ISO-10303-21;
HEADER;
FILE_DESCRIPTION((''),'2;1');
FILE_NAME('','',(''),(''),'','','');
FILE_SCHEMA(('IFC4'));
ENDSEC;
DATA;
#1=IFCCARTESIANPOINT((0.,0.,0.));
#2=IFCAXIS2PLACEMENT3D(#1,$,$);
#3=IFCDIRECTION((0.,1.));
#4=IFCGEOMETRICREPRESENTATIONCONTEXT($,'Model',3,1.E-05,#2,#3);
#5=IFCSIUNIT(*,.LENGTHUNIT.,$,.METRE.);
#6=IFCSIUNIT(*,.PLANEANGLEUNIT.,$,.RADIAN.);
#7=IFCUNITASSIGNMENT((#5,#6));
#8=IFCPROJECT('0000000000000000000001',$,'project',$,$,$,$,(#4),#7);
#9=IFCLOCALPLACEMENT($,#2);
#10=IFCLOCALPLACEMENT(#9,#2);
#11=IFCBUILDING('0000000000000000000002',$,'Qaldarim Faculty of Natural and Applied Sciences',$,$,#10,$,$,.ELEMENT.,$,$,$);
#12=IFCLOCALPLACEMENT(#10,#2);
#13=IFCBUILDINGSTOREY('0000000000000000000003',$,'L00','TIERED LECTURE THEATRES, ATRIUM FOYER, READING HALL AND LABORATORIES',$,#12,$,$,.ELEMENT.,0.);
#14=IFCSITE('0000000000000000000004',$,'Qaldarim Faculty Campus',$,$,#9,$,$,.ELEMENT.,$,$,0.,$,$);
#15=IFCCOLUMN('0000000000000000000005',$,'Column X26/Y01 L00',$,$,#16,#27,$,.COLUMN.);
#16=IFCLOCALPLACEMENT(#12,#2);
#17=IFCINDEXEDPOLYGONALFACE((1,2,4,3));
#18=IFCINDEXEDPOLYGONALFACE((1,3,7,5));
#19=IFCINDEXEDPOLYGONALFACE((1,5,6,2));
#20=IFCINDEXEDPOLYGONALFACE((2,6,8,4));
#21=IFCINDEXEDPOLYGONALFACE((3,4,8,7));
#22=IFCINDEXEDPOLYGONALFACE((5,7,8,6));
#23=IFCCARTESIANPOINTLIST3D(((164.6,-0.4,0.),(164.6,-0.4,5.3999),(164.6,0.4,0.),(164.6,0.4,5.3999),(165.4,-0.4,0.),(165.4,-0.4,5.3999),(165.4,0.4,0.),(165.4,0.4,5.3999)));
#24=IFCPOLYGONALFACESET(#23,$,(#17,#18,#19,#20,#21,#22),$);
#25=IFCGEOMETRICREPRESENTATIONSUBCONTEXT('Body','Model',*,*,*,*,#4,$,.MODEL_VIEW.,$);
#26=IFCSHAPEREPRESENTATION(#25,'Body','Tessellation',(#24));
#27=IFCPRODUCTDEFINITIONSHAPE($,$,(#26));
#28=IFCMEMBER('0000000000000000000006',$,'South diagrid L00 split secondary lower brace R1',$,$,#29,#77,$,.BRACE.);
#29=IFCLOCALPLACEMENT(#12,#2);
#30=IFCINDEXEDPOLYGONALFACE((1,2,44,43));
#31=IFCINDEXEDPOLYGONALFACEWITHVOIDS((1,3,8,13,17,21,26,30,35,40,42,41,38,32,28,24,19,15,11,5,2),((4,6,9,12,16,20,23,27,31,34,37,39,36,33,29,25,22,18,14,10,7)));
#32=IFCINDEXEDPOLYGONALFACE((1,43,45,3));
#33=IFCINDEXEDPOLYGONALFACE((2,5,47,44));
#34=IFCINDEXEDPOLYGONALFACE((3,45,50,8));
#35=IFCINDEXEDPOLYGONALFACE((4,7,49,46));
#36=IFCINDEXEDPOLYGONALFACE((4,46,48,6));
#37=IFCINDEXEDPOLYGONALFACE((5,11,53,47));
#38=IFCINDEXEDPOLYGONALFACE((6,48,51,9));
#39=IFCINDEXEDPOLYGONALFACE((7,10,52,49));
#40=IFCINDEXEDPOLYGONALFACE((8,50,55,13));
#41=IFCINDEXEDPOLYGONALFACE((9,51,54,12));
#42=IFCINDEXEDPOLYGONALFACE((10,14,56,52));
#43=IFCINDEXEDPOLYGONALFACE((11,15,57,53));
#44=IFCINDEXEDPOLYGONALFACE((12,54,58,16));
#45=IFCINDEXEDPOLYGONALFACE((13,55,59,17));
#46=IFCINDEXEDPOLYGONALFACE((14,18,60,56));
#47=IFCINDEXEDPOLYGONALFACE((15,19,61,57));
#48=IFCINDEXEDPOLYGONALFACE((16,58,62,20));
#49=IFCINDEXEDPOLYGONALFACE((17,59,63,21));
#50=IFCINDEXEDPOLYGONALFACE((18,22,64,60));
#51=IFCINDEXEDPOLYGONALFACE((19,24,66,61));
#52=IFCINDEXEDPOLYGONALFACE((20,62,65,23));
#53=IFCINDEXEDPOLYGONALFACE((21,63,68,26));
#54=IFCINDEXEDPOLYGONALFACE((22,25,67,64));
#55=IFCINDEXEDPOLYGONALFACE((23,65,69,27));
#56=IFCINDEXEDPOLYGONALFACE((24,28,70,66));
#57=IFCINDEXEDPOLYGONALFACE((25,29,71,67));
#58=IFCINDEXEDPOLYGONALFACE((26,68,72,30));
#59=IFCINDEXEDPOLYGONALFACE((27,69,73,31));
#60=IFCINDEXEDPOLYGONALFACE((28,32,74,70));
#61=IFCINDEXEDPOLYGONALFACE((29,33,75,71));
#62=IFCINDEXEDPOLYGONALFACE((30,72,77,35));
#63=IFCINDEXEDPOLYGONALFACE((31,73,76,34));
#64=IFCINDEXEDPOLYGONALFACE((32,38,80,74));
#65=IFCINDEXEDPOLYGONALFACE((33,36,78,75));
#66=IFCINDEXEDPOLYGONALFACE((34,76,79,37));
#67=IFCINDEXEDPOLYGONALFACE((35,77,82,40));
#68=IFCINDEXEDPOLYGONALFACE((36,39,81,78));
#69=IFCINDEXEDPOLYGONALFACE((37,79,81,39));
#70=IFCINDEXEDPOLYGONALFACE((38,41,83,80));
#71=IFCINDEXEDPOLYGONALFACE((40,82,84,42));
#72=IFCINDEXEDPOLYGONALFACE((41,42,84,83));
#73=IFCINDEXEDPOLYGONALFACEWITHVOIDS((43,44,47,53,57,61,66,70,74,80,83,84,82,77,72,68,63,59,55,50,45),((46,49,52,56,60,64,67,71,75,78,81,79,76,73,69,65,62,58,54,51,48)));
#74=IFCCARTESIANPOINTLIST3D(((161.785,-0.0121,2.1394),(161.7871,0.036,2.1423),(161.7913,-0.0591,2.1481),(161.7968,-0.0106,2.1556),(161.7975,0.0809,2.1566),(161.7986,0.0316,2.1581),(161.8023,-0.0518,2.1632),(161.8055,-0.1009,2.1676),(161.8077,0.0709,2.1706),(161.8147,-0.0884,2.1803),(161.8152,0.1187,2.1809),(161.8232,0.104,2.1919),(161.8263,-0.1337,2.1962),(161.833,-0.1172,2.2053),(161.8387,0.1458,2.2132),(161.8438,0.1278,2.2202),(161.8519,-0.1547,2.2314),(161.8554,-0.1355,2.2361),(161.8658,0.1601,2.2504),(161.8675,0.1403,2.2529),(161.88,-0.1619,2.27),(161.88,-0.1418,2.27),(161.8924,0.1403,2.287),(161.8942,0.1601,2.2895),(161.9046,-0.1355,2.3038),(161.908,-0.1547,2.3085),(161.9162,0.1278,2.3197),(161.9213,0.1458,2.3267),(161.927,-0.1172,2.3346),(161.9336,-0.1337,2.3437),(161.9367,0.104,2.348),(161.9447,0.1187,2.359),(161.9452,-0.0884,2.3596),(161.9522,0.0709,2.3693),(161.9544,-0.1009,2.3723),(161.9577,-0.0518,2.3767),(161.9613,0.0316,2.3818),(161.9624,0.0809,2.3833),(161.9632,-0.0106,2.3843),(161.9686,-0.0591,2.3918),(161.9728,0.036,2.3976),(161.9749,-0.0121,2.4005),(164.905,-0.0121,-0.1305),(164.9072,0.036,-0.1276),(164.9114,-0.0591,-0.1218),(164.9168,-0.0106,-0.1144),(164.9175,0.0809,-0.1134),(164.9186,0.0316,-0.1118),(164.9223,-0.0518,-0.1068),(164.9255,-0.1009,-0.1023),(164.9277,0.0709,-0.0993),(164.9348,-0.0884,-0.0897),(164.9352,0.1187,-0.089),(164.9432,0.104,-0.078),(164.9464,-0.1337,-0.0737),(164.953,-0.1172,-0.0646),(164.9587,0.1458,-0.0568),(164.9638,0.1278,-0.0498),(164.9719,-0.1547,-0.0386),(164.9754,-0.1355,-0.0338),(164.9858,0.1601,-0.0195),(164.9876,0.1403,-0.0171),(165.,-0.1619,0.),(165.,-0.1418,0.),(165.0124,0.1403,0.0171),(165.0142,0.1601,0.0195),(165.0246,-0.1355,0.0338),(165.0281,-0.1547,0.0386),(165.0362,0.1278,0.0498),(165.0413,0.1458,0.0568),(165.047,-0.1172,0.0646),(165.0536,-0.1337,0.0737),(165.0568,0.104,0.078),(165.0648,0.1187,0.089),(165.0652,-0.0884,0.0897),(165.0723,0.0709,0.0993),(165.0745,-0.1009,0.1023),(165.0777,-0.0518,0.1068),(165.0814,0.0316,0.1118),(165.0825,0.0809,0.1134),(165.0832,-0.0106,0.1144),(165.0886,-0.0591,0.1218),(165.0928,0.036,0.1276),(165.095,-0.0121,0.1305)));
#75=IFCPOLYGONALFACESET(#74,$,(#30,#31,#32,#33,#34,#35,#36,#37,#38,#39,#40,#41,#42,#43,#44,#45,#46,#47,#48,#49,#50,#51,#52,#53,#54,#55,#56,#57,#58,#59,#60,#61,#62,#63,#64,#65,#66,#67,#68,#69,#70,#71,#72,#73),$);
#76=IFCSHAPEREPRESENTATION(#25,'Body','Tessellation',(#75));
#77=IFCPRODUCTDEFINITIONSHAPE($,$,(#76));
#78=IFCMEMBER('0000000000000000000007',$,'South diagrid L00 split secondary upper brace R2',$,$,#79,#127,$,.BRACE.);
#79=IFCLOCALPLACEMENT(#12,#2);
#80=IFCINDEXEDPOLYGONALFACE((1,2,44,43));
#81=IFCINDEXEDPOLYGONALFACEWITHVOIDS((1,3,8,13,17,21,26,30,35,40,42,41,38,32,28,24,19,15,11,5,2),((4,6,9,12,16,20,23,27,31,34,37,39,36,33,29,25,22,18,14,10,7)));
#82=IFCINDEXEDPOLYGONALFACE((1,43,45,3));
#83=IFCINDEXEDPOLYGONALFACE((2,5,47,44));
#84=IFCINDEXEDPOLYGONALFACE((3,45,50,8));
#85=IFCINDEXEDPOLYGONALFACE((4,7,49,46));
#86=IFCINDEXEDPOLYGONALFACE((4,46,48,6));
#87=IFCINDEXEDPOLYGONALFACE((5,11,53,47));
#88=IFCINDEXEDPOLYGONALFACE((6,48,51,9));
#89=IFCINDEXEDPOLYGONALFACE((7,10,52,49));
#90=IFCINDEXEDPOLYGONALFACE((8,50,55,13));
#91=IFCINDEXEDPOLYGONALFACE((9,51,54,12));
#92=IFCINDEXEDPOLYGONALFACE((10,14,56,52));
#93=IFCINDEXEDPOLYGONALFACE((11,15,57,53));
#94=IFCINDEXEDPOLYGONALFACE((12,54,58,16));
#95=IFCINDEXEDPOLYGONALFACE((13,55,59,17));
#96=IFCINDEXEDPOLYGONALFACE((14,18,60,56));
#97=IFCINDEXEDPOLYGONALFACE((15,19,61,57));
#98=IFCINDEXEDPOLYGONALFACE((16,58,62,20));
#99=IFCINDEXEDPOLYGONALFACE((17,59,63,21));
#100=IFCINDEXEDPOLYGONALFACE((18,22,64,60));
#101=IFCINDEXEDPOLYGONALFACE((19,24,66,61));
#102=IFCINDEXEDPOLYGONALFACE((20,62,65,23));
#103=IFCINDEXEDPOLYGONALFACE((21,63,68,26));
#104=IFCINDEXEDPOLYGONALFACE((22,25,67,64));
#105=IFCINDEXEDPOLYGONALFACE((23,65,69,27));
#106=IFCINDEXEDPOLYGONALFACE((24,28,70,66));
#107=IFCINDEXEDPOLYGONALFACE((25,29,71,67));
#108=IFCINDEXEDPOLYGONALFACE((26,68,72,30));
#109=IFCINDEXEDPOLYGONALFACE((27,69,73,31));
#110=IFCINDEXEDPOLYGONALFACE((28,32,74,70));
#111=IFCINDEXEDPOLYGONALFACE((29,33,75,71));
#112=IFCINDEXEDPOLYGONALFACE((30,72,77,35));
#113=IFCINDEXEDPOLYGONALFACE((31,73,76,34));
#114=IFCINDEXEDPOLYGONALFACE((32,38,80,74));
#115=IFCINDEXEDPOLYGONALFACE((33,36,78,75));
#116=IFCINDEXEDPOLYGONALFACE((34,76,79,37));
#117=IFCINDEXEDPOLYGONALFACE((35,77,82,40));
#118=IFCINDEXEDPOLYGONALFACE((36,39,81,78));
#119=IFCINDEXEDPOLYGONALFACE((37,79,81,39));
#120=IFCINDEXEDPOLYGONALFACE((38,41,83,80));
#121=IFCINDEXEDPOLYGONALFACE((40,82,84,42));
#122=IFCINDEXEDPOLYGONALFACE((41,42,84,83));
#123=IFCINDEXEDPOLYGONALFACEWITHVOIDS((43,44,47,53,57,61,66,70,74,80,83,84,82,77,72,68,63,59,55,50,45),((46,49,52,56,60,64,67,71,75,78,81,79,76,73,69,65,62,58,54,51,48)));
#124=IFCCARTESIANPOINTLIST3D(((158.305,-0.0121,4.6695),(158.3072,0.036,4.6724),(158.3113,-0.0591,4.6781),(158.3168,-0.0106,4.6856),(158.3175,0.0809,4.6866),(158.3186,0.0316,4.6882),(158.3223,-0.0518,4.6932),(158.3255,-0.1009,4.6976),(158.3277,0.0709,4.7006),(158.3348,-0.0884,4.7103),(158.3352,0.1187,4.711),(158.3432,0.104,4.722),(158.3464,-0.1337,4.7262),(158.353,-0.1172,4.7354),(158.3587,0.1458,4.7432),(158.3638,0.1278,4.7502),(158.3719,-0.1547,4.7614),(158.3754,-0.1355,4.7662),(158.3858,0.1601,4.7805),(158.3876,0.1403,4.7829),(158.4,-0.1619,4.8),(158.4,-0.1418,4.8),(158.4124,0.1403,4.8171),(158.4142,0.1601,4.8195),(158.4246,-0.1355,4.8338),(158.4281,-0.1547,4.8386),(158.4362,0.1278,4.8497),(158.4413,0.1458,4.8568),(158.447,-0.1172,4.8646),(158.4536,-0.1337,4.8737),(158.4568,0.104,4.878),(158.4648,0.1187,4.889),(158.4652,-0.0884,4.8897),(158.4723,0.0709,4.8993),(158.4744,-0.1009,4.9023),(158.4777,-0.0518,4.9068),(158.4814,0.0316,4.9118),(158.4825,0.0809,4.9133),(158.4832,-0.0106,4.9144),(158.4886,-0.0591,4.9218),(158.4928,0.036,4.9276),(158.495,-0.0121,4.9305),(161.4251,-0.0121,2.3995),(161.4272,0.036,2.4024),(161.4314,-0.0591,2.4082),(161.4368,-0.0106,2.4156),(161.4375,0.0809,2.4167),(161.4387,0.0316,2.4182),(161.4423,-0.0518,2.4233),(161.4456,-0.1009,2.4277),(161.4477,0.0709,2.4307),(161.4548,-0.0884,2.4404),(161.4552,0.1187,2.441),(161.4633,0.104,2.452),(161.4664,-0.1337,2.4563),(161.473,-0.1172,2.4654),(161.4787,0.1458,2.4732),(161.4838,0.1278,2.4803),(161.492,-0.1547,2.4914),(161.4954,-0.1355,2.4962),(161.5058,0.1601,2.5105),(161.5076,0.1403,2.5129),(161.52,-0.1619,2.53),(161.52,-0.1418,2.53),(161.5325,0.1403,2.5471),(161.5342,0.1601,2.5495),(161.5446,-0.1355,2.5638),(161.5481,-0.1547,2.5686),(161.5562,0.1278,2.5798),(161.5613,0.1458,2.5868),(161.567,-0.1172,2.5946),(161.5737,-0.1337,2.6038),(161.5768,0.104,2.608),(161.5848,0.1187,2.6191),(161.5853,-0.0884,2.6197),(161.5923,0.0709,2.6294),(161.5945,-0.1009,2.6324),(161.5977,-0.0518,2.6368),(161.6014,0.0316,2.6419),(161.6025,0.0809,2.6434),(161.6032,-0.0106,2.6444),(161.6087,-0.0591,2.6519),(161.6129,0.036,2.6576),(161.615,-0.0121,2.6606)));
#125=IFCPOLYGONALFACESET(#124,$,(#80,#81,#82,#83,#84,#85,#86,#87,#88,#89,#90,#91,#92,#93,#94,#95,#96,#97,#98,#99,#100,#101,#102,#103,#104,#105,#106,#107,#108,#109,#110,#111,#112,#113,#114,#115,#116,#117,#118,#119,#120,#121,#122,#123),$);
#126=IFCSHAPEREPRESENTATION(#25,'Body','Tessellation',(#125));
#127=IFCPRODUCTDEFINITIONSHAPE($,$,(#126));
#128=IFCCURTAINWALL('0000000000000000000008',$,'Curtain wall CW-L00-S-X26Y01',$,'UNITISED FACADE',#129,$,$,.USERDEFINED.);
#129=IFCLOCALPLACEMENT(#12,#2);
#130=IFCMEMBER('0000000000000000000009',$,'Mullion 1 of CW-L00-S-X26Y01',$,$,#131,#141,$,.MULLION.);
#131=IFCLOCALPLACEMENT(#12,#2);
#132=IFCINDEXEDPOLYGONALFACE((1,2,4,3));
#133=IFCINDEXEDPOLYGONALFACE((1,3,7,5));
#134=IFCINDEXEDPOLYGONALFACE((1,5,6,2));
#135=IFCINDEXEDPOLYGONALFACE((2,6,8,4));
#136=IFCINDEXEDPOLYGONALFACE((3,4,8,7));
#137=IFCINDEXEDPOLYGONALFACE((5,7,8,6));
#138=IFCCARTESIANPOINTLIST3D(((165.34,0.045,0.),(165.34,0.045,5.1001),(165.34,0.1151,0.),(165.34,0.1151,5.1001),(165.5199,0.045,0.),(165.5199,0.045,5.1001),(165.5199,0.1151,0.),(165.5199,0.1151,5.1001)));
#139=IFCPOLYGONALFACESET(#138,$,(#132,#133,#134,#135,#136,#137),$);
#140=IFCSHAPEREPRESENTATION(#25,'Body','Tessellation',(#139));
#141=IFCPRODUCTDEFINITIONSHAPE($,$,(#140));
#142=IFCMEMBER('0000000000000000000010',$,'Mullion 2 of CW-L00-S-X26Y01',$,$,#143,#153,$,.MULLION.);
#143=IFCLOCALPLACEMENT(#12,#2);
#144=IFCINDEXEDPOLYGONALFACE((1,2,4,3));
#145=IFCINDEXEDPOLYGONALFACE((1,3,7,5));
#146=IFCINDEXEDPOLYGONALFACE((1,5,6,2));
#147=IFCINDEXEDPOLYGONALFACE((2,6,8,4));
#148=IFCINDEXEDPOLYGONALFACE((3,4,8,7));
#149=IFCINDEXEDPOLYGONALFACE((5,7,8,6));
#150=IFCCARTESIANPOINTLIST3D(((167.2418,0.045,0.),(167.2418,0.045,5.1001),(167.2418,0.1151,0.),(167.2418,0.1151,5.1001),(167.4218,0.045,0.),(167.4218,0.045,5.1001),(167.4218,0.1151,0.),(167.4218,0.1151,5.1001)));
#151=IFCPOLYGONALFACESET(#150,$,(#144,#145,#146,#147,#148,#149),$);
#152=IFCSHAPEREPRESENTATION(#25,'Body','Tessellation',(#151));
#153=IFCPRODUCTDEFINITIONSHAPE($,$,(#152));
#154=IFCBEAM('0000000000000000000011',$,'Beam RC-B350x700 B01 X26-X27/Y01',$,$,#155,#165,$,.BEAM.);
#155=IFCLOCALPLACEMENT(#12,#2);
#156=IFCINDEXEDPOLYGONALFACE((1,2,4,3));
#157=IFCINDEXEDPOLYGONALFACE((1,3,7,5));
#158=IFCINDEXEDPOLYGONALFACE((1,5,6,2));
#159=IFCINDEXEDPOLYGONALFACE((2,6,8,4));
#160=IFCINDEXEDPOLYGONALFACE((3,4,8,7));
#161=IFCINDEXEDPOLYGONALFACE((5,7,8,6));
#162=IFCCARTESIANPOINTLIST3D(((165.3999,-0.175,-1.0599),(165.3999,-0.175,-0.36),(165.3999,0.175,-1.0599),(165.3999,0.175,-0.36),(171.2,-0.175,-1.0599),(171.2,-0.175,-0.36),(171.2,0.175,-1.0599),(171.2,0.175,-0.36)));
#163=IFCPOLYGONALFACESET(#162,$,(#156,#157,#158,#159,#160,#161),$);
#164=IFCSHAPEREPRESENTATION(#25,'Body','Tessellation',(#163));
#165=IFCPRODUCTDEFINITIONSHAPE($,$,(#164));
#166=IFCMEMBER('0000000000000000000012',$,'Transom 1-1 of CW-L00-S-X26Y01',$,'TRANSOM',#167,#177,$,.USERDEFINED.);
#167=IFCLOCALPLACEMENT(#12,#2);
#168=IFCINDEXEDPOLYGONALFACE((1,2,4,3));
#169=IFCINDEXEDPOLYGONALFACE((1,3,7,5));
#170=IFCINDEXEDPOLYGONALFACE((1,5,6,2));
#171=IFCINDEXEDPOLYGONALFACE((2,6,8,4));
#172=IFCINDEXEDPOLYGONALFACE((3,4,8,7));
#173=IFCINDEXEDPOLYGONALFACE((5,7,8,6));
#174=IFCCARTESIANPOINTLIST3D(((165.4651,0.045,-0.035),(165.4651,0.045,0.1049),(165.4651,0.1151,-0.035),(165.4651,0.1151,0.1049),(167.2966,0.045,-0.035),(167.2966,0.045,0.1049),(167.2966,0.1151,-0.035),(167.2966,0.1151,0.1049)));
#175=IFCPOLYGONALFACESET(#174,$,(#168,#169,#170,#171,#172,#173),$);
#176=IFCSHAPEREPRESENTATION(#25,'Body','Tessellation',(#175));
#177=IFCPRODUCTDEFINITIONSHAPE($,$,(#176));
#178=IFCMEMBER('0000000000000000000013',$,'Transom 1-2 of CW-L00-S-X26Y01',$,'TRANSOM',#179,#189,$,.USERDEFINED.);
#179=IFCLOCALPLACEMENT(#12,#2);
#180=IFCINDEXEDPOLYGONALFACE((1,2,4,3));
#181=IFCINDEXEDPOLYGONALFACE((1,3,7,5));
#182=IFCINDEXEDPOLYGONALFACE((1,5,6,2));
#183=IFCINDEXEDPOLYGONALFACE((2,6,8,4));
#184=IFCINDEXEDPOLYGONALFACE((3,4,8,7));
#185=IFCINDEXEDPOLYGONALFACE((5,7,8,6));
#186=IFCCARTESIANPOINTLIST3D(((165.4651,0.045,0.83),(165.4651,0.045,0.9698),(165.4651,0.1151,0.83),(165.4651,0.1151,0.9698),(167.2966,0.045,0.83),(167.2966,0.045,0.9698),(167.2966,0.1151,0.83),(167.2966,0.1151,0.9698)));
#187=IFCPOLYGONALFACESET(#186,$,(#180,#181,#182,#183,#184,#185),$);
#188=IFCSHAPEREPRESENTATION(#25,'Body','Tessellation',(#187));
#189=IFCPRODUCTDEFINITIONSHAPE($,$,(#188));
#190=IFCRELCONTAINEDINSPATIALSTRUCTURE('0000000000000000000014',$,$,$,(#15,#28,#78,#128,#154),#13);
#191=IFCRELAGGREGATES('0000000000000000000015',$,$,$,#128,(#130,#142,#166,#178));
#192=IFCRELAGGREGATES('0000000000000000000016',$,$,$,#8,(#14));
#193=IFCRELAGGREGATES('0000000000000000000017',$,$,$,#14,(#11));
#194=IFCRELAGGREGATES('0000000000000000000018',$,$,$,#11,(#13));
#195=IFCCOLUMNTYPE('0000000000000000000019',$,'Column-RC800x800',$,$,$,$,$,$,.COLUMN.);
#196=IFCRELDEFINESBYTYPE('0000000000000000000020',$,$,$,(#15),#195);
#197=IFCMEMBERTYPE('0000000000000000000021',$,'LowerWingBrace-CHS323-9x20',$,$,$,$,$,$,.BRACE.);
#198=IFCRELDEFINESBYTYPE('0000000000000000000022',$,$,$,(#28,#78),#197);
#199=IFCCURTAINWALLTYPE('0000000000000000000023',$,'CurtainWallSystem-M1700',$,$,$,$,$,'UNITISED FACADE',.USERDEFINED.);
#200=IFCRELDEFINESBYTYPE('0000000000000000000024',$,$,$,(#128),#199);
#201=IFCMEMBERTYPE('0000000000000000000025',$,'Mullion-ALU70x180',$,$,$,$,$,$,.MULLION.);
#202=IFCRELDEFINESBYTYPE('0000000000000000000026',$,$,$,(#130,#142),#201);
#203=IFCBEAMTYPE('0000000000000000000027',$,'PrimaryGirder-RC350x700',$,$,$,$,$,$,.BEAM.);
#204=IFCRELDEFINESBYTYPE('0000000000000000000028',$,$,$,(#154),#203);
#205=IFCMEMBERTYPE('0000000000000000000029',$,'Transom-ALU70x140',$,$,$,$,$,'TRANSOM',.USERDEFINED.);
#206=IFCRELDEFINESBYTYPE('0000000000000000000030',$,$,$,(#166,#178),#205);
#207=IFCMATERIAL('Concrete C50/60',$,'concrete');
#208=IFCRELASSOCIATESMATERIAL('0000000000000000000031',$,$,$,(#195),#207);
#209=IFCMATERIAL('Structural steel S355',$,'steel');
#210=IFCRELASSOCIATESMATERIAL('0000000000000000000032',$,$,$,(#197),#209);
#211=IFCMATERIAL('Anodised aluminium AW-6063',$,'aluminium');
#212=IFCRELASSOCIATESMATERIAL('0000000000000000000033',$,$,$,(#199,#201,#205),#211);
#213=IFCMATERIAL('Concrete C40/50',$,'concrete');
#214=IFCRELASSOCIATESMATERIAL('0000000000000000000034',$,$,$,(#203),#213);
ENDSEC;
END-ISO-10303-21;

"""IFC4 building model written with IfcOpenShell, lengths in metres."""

from ifc_helpers import new_model, si_unit, direction, frame, origin, origin_2d, place, context, subcontext, project, spatial, rectangle, hollow_circle, extrude, material, material_profile, profile_set, type_object, element, aggregate, save


model = new_model("IFC4")

# Units and contexts
model_context = context("Model", 3, precision=1e-05, world=origin(), true_north=direction((0.0, 1.0)))
body_context = subcontext(model_context, "Body", "Model", "MODEL_VIEW")
ifc_project = project(units=[si_unit("LENGTHUNIT", "METRE"), si_unit("PLANEANGLEUNIT", "RADIAN")], contexts=[model_context])

# Site, building, storey
site_placement = place(None, origin())
site = spatial("IfcSite", under=ifc_project, at=site_placement, Name="Qaldarim Faculty Campus", CompositionType="ELEMENT", RefElevation=0.0)
building_placement = place(site_placement, origin())
building = spatial("IfcBuilding", under=site, at=building_placement, Name="Qaldarim Faculty of Natural and Applied Sciences", CompositionType="ELEMENT")
storey_placement = place(building_placement, origin())
storey = spatial("IfcBuildingStorey", under=building, at=storey_placement, Name="L00", Description="TIERED LECTURE THEATRES, ATRIUM FOYER, READING HALL AND LABORATORIES", CompositionType="ELEMENT", Elevation=0.0)

# Column
ifc_material_1 = material(Name="Concrete C50/60", Category="concrete")
ifc_material_profile_1 = material_profile(ifc_material_1, rectangle(XDim=0.8, YDim=0.8, at=origin_2d()), Name="RC-C800x800")
ifc_profile_set_1 = profile_set([ifc_material_profile_1], Name="Concrete C50/60")
column_type = type_object("IfcColumnType", Name="Column-RC800x800", PredefinedType="COLUMN", material=ifc_profile_set_1)
column_placement = place(storey_placement, frame((165.0, 0.0, 0.0), z_axis=(0.0, 0.0, 1.0), x_axis=(1.0, 0.0, 0.0)))
element("IfcColumn", 1, at=column_placement, inside=storey, type_object=column_type, Name="Column X26/Y01 L00", PredefinedType="COLUMN", context=body_context, shape_type="SweptSolid", body=[
    extrude(rectangle(XDim=0.8, YDim=0.8, at=origin_2d()), origin(), (0.0, 0.0, 1.0), 5.3999),
])

# Members
ifc_material_2 = material(Name="Structural steel S355", Category="steel")
ifc_material_profile_2 = material_profile(ifc_material_2, hollow_circle(Radius=0.1619, WallThickness=0.02, at=origin_2d()), Name="CHS 323.9x20.0")
ifc_profile_set_2 = profile_set([ifc_material_profile_2], Name="Structural steel S355")
member_type_1 = type_object("IfcMemberType", Name="LowerWingBrace-CHS323-9x20", PredefinedType="BRACE", material=ifc_profile_set_2)
for number, where, z_axis, x_axis, name in (
    (2, (165.0, 0.0, 0.0), (-0.808632, 0.0, 0.588315), (0.0, -1.0, 0.0), "South diagrid L00 split secondary lower brace R1"),
    (3, (161.52, 0.0, 2.53), (-0.808632, 0.0, 0.588315), (0.0, -1.0, 0.0), "South diagrid L00 split secondary upper brace R2"),
):
    element("IfcMember", number, at=place(storey_placement, frame(where, z_axis=z_axis, x_axis=x_axis)), inside=storey, type_object=member_type_1, Name=name, PredefinedType="BRACE", context=body_context, shape_type="SweptSolid", body=[
        extrude(hollow_circle(Radius=0.1619, WallThickness=0.02, at=origin_2d()), origin(), (0.0, 0.0, 1.0), 3.8584),
    ])

# Curtain wall, members
ifc_material_3 = material(Name="Anodised aluminium AW-6063", Category="aluminium")
curtain_wall_type = type_object("IfcCurtainWallType", Name="CurtainWallSystem-M1700", ElementType="UNITISED FACADE", PredefinedType="USERDEFINED", material=ifc_material_3)
curtain_wall_placement = place(storey_placement, origin())
curtain_wall = element("IfcCurtainWall", 4, at=curtain_wall_placement, inside=storey, type_object=curtain_wall_type, Name="Curtain wall CW-L00-S-X26Y01", ObjectType="UNITISED FACADE", PredefinedType="USERDEFINED")
ifc_material_profile_3 = material_profile(ifc_material_3, rectangle(XDim=0.0701, YDim=0.1799, at=origin_2d()), Name="ALU-M70x180")
ifc_profile_set_3 = profile_set([ifc_material_profile_3], Name="Anodised aluminium AW-6063")
member_type_2 = type_object("IfcMemberType", Name="Mullion-ALU70x180", PredefinedType="MULLION", material=ifc_profile_set_3)
member_1_placement = place(storey_placement, frame((165.4299, 0.0801, 0.0), z_axis=(0.0, 0.0, 1.0), x_axis=(0.0, 1.0, 0.0)))
member_1 = element("IfcMember", 5, at=member_1_placement, type_object=member_type_2, Name="Mullion 1 of CW-L00-S-X26Y01", PredefinedType="MULLION", context=body_context, shape_type="SweptSolid", body=[
    extrude(rectangle(XDim=0.0701, YDim=0.1799, at=origin_2d()), origin(), (0.0, 0.0, 1.0), 5.1001),
])
member_2_placement = place(storey_placement, frame((167.3318, 0.0801, 0.0), z_axis=(0.0, 0.0, 1.0), x_axis=(0.0, 1.0, 0.0)))
member_2 = element("IfcMember", 6, at=member_2_placement, type_object=member_type_2, Name="Mullion 2 of CW-L00-S-X26Y01", PredefinedType="MULLION", context=body_context, shape_type="SweptSolid", body=[
    extrude(rectangle(XDim=0.0701, YDim=0.1799, at=origin_2d()), origin(), (0.0, 0.0, 1.0), 5.1001),
])

# Beam
ifc_material_4 = material(Name="Concrete C40/50", Category="concrete")
ifc_material_profile_4 = material_profile(ifc_material_4, rectangle(XDim=0.3501, YDim=0.7, at=origin_2d()), Name="RC-B350x700")
ifc_profile_set_4 = profile_set([ifc_material_profile_4], Name="Concrete C40/50")
beam_type = type_object("IfcBeamType", Name="PrimaryGirder-RC350x700", PredefinedType="BEAM", material=ifc_profile_set_4)
beam_placement = place(storey_placement, frame((165.3999, 0.0, -0.71), z_axis=(1.0, 0.0, 0.0), x_axis=(0.0, 1.0, 0.0)))
element("IfcBeam", 7, at=beam_placement, inside=storey, type_object=beam_type, Name="Beam RC-B350x700 B01 X26-X27/Y01", PredefinedType="BEAM", context=body_context, shape_type="SweptSolid", body=[
    extrude(rectangle(XDim=0.3501, YDim=0.7, at=origin_2d()), origin(), (0.0, 0.0, 1.0), 5.8),
])

# Members
ifc_material_profile_5 = material_profile(ifc_material_3, rectangle(XDim=0.0701, YDim=0.1399, at=origin_2d()), Name="ALU-T70x140")
ifc_profile_set_5 = profile_set([ifc_material_profile_5], Name="Anodised aluminium AW-6063")
member_type_3 = type_object("IfcMemberType", Name="Transom-ALU70x140", ElementType="TRANSOM", PredefinedType="USERDEFINED", material=ifc_profile_set_5)
member_3_placement = place(storey_placement, frame((165.4651, 0.0801, 0.0349), z_axis=(1.0, 0.0, 0.0), x_axis=(0.0, 1.0, 0.0)))
member_3 = element("IfcMember", 8, at=member_3_placement, type_object=member_type_3, Name="Transom 1-1 of CW-L00-S-X26Y01", ObjectType="TRANSOM", PredefinedType="USERDEFINED", context=body_context, shape_type="SweptSolid", body=[
    extrude(rectangle(XDim=0.0701, YDim=0.1399, at=origin_2d()), origin(), (0.0, 0.0, 1.0), 1.8315),
])
member_4_placement = place(storey_placement, frame((165.4651, 0.0801, 0.8999), z_axis=(1.0, 0.0, 0.0), x_axis=(0.0, 1.0, 0.0)))
member_4 = element("IfcMember", 9, at=member_4_placement, type_object=member_type_3, Name="Transom 1-2 of CW-L00-S-X26Y01", ObjectType="TRANSOM", PredefinedType="USERDEFINED", context=body_context, shape_type="SweptSolid", body=[
    extrude(rectangle(XDim=0.0701, YDim=0.1399, at=origin_2d()), origin(), (0.0, 0.0, 1.0), 1.8315),
])

aggregate(curtain_wall, [member_1, member_2, member_3, member_4])

save(model, "model.ifc")
